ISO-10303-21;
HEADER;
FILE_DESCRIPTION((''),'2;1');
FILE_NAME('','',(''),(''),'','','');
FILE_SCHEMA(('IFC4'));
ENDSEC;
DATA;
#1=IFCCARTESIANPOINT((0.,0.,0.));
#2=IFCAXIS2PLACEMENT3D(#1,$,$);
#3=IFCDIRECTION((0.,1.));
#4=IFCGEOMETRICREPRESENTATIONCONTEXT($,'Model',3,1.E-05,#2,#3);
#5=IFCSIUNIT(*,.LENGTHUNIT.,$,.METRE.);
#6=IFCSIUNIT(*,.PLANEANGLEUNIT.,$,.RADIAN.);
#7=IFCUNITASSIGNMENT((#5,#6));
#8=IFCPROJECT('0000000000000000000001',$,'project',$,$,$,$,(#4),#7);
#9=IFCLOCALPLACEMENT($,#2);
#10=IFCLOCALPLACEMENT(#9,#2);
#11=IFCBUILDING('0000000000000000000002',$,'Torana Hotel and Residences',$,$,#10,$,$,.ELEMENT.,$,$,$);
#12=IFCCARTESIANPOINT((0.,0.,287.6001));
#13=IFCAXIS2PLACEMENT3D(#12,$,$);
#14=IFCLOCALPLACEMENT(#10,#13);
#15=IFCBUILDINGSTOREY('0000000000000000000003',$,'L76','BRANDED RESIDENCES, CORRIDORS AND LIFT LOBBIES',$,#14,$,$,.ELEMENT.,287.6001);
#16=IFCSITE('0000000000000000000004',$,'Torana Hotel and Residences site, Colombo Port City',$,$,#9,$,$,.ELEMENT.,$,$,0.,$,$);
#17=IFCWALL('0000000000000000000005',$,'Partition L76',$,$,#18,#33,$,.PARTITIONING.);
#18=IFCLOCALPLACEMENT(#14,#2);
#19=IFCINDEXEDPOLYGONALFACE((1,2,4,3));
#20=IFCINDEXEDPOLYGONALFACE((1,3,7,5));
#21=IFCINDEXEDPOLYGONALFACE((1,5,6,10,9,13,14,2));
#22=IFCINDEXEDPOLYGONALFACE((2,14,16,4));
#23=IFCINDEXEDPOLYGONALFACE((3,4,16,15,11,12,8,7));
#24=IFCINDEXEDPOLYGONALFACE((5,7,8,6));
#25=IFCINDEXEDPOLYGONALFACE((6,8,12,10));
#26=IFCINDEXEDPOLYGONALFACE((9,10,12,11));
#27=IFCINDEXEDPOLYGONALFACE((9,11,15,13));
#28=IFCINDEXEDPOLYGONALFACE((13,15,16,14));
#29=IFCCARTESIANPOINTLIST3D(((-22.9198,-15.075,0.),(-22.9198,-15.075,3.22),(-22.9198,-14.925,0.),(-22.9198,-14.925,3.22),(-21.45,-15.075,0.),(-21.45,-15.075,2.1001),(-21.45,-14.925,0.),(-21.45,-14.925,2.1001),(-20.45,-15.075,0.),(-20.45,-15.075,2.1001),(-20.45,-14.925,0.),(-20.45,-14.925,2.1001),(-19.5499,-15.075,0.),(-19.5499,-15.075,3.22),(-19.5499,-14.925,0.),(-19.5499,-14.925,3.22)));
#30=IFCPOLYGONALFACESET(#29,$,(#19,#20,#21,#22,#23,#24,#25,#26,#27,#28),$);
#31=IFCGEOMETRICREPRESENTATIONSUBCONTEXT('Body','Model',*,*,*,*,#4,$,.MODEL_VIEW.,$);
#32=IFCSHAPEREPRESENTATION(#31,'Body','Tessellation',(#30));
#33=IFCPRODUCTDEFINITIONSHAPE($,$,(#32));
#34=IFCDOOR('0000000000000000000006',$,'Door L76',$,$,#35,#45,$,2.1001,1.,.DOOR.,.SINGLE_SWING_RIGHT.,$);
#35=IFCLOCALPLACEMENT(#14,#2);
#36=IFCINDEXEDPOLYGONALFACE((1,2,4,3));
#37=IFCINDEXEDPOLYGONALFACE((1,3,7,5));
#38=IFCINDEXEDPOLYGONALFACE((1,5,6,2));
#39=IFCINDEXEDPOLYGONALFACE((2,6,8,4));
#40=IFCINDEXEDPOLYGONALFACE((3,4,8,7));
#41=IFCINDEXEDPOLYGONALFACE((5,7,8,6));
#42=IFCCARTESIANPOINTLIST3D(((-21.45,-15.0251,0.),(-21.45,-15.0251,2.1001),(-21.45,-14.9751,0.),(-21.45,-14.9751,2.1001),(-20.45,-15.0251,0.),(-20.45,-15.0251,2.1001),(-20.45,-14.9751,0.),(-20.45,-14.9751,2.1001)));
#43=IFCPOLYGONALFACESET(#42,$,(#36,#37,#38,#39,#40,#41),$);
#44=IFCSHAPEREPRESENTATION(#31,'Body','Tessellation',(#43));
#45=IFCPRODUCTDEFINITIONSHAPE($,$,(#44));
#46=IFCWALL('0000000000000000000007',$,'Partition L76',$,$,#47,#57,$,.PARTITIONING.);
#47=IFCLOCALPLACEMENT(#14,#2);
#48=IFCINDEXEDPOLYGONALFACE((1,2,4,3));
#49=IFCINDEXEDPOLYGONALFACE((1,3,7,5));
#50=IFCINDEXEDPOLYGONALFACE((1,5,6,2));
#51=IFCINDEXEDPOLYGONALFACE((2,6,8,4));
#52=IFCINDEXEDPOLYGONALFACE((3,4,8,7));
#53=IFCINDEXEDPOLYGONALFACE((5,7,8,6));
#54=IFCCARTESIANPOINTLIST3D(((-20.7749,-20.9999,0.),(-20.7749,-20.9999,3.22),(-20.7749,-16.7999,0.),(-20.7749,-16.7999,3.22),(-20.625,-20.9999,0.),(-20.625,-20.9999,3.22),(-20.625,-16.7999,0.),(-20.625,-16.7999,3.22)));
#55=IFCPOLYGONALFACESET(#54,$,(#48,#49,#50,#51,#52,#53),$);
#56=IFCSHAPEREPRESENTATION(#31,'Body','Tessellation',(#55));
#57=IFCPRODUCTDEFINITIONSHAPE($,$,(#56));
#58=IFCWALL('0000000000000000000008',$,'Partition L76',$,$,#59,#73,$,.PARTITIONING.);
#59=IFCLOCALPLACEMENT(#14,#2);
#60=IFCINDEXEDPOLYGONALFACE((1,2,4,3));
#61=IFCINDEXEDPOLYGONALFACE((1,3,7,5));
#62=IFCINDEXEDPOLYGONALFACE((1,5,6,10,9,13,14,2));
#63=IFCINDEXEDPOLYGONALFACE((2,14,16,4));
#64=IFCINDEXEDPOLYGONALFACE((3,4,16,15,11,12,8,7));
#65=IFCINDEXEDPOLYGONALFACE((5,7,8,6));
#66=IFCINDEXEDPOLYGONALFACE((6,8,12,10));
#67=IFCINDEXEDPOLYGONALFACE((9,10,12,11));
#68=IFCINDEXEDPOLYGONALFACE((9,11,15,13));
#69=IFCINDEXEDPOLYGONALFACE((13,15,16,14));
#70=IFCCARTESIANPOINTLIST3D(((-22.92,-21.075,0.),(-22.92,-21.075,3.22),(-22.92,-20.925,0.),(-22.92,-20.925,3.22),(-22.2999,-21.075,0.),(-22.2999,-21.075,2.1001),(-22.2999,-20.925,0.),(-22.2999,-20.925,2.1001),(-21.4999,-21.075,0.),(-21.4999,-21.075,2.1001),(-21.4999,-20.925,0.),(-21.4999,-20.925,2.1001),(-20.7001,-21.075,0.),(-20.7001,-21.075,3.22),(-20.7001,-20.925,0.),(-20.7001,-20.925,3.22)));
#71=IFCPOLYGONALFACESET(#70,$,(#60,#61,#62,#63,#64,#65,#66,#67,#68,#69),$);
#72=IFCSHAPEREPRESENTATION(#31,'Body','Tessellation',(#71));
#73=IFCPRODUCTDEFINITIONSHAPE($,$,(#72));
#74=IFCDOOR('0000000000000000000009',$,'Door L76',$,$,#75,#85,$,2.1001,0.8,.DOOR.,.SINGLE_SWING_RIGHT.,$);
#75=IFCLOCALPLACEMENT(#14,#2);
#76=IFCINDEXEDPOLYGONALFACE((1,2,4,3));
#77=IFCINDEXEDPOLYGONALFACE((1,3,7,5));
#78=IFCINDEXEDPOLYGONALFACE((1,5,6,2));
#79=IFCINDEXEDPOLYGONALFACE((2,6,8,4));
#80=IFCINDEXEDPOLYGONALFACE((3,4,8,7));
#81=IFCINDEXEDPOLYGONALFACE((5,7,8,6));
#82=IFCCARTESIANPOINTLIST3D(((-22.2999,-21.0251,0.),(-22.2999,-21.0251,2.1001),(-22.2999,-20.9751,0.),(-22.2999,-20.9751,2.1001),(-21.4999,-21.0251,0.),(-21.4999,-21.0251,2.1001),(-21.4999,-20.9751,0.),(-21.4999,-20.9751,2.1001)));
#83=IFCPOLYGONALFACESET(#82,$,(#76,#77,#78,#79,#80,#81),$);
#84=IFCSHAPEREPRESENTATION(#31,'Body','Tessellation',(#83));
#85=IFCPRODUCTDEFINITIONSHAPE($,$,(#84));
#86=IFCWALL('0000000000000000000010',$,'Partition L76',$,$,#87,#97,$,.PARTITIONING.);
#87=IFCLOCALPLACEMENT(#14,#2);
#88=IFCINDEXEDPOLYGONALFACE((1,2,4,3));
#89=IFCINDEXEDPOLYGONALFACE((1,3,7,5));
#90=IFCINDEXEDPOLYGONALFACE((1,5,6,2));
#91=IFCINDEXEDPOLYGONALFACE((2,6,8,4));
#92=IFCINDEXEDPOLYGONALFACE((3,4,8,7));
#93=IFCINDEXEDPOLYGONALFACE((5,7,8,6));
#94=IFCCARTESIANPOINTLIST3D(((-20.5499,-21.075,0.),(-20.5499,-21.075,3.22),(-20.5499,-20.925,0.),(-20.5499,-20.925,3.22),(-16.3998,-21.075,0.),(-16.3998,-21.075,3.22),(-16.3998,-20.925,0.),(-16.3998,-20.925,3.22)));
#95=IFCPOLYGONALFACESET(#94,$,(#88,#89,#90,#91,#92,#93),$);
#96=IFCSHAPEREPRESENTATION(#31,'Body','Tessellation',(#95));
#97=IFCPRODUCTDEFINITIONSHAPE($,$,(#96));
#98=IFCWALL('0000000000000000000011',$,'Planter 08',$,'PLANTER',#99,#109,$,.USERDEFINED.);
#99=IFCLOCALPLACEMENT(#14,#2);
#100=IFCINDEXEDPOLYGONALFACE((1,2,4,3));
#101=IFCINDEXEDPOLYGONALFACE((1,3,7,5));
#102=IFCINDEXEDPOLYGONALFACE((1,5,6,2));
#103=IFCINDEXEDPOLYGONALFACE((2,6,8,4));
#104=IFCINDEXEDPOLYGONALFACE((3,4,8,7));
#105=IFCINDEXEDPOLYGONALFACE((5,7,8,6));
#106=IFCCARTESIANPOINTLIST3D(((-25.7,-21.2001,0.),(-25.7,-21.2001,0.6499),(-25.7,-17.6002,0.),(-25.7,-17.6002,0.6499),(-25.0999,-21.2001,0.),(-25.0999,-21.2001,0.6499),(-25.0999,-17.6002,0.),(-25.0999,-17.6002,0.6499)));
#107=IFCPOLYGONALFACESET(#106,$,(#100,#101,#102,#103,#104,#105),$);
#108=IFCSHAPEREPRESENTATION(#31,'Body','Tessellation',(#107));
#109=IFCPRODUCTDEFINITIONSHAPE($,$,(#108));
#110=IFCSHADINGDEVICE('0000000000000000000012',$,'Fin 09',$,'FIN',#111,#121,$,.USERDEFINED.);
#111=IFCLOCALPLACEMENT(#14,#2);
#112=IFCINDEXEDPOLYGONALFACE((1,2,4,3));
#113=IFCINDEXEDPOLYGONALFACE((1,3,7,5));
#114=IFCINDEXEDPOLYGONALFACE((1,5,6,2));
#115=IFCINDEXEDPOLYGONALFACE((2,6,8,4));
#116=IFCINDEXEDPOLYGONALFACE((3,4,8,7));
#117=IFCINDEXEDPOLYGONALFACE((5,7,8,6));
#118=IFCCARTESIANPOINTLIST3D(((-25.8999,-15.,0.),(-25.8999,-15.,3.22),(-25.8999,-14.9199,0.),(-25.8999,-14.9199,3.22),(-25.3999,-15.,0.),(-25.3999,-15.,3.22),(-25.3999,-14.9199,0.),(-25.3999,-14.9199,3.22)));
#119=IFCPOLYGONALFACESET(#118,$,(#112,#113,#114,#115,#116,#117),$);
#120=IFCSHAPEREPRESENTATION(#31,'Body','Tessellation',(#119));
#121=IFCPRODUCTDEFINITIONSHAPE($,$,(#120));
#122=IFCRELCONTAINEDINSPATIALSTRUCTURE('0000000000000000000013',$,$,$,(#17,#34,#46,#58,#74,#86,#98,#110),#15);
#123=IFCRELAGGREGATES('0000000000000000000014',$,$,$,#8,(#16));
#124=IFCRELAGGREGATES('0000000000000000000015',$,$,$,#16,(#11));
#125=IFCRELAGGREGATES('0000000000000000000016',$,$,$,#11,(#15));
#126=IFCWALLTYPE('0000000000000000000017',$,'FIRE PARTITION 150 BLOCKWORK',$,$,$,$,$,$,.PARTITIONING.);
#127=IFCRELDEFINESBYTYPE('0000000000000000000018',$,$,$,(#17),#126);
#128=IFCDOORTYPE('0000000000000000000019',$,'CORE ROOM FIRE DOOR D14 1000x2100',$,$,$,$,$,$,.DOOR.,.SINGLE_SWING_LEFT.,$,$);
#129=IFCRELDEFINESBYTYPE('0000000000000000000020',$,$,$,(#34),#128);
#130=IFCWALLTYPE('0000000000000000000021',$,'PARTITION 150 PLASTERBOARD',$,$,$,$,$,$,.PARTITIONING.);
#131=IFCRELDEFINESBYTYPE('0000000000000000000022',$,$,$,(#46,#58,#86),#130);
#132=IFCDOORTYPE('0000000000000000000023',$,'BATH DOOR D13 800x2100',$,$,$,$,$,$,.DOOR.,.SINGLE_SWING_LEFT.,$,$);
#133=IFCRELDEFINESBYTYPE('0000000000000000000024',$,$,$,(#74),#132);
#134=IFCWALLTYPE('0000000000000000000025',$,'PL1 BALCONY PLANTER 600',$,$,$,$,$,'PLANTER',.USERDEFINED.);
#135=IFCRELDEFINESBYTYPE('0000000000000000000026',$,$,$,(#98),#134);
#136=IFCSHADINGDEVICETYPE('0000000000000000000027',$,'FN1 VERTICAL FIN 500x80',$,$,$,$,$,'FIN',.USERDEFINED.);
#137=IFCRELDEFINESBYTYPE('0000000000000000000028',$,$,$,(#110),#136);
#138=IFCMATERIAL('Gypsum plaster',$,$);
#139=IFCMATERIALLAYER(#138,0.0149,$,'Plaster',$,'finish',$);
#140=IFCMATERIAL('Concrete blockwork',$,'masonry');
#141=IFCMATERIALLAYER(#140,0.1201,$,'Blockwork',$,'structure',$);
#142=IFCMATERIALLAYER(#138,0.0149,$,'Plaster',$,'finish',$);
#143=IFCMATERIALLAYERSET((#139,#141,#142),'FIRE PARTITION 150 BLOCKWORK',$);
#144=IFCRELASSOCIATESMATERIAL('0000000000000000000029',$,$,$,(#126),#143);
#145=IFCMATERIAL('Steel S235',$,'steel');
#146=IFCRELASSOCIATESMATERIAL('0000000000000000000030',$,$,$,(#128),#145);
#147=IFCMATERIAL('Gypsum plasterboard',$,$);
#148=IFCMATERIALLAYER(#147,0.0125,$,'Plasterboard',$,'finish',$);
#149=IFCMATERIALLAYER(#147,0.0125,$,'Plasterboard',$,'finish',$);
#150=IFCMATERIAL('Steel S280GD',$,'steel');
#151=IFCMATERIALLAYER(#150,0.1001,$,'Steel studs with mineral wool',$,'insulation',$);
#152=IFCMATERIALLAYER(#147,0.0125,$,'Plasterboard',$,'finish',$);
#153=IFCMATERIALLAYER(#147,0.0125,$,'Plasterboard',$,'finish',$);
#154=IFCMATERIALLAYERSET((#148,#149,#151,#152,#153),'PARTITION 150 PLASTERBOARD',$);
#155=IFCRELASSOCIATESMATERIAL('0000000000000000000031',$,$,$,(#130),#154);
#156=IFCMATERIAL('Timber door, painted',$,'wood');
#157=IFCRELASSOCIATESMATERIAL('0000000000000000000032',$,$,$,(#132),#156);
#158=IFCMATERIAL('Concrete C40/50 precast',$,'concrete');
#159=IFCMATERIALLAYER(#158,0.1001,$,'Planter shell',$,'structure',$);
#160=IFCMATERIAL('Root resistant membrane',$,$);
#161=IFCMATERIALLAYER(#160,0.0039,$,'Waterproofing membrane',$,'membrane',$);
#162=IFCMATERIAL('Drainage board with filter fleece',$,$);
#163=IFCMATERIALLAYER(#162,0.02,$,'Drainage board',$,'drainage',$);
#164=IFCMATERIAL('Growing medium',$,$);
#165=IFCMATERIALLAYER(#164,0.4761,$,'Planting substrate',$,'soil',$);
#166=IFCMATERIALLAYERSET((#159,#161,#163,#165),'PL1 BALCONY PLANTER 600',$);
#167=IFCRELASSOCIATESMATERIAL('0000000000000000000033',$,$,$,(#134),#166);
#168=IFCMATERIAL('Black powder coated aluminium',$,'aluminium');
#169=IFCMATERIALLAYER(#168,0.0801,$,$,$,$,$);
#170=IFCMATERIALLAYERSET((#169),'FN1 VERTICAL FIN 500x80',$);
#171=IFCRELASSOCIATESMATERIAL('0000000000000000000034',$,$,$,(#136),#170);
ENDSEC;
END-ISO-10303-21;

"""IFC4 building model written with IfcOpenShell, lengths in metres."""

from ifc_helpers import new_model, si_unit, direction, frame, frame_2d, origin, origin_2d, place, context, subcontext, project, spatial, rectangle, extrude, material, layer, layer_set, type_object, element, fill, save


model = new_model("IFC4")

# Units and contexts
model_context = context("Model", 3, precision=1e-05, world=origin(), true_north=direction((0.0, 1.0)))
body_context = subcontext(model_context, "Body", "Model", "MODEL_VIEW")
ifc_project = project(units=[si_unit("LENGTHUNIT", "METRE"), si_unit("PLANEANGLEUNIT", "RADIAN")], contexts=[model_context])

# Site, building, storey
site_placement = place(None, origin())
site = spatial("IfcSite", under=ifc_project, at=site_placement, Name="Torana Hotel and Residences site, Colombo Port City", CompositionType="ELEMENT", RefElevation=0.0)
building_placement = place(site_placement, origin())
building = spatial("IfcBuilding", under=site, at=building_placement, Name="Torana Hotel and Residences", CompositionType="ELEMENT")
storey_placement = place(building_placement, frame((0.0, 0.0, 287.6001)))
storey = spatial("IfcBuildingStorey", under=building, at=storey_placement, Name="L76", Description="BRANDED RESIDENCES, CORRIDORS AND LIFT LOBBIES", CompositionType="ELEMENT", Elevation=287.6001)

# Shared definitions
ifc_material_1 = material(Name="Gypsum plaster")
ifc_layer_1 = layer(ifc_material_1, 0.0149, Name="Plaster", Category="finish")
ifc_material_2 = material(Name="Concrete blockwork", Category="masonry")
ifc_layer_2 = layer(ifc_material_2, 0.1201, Name="Blockwork", Category="structure")
ifc_layer_3 = layer(ifc_material_1, 0.0149, Name="Plaster", Category="finish")
ifc_layer_set_1 = layer_set([ifc_layer_1, ifc_layer_2, ifc_layer_3], Name="FIRE PARTITION 150 BLOCKWORK")
wall_type_1 = type_object("IfcWallType", Name="FIRE PARTITION 150 BLOCKWORK", PredefinedType="PARTITIONING", material=ifc_layer_set_1)

# Wall, opening, door
wall_1_placement = place(storey_placement, frame((-22.9199, -15.0, 0.0), z_axis=(0.0, 0.0, 1.0), x_axis=(1.0, 0.0, 0.0)))
wall_1 = element("IfcWall", 1, at=wall_1_placement, inside=storey, type_object=wall_type_1, Name="Partition L76", PredefinedType="PARTITIONING", context=body_context, shape_type="SweptSolid", body=[
    extrude(rectangle(XDim=3.3699, YDim=0.1499, at=frame_2d((1.6851, 0.0))), origin(), (0.0, 0.0, 1.0), 3.22),
])
opening_1_placement = place(wall_1_placement, frame((1.47, 0.0, 0.0)))
opening_1 = element("IfcOpeningElement", 2, at=opening_1_placement, cuts=wall_1, PredefinedType="OPENING", context=body_context, shape_type="SweptSolid", body=[
    extrude(rectangle(XDim=1.0, YDim=2.1001, at=frame_2d((0.5, 1.05))), frame((0.0, 0.085, 0.0), z_axis=(0.0, -1.0, 0.0), x_axis=(1.0, 0.0, 0.0)), (0.0, 0.0, 1.0), 0.1699),
])
ifc_material_3 = material(Name="Steel S235", Category="steel")
door_type_1 = type_object("IfcDoorType", Name="CORE ROOM FIRE DOOR D14 1000x2100", OperationType="SINGLE_SWING_LEFT", PredefinedType="DOOR", material=ifc_material_3)
door_1_placement = place(opening_1_placement, origin())
door_1 = element("IfcDoor", 3, at=door_1_placement, inside=storey, type_object=door_type_1, Name="Door L76", OperationType="SINGLE_SWING_RIGHT", OverallHeight=2.1001, OverallWidth=1.0, PredefinedType="DOOR", context=body_context, shape_type="SweptSolid", body=[
    extrude(rectangle(XDim=1.0, YDim=2.1001, at=frame_2d((0.5, 1.05))), frame((0.0, 0.0249, 0.0), z_axis=(0.0, -1.0, 0.0), x_axis=(1.0, 0.0, 0.0)), (0.0, 0.0, 1.0), 0.05),
])
fill(opening_1, door_1)

# Wall
ifc_material_4 = material(Name="Gypsum plasterboard")
ifc_layer_4 = layer(ifc_material_4, 0.0125, Name="Plasterboard", Category="finish")
ifc_layer_5 = layer(ifc_material_4, 0.0125, Name="Plasterboard", Category="finish")
ifc_material_5 = material(Name="Steel S280GD", Category="steel")
ifc_layer_6 = layer(ifc_material_5, 0.1001, Name="Steel studs with mineral wool", Category="insulation")
ifc_layer_7 = layer(ifc_material_4, 0.0125, Name="Plasterboard", Category="finish")
ifc_layer_8 = layer(ifc_material_4, 0.0125, Name="Plasterboard", Category="finish")
ifc_layer_set_2 = layer_set([ifc_layer_4, ifc_layer_5, ifc_layer_6, ifc_layer_7, ifc_layer_8], Name="PARTITION 150 PLASTERBOARD")
wall_type_2 = type_object("IfcWallType", Name="PARTITION 150 PLASTERBOARD", PredefinedType="PARTITIONING", material=ifc_layer_set_2)
wall_2_placement = place(storey_placement, frame((-20.7, -21.0, 0.0), z_axis=(0.0, 0.0, 1.0), x_axis=(0.0, 1.0, 0.0)))
element("IfcWall", 4, at=wall_2_placement, inside=storey, type_object=wall_type_2, Name="Partition L76", PredefinedType="PARTITIONING", context=body_context, shape_type="SweptSolid", body=[
    extrude(rectangle(XDim=4.2, YDim=0.1499, at=frame_2d((2.1001, 0.0))), origin(), (0.0, 0.0, 1.0), 3.22),
])

# Wall, opening, door
wall_3_placement = place(storey_placement, frame((-22.9199, -21.0, 0.0), z_axis=(0.0, 0.0, 1.0), x_axis=(1.0, 0.0, 0.0)))
wall_3 = element("IfcWall", 5, at=wall_3_placement, inside=storey, type_object=wall_type_2, Name="Partition L76", PredefinedType="PARTITIONING", context=body_context, shape_type="SweptSolid", body=[
    extrude(rectangle(XDim=2.22, YDim=0.1499, at=frame_2d((1.1099, 0.0))), origin(), (0.0, 0.0, 1.0), 3.22),
])
opening_2_placement = place(wall_3_placement, frame((0.6201, 0.0, 0.0)))
opening_2 = element("IfcOpeningElement", 6, at=opening_2_placement, cuts=wall_3, PredefinedType="OPENING", context=body_context, shape_type="SweptSolid", body=[
    extrude(rectangle(XDim=0.8, YDim=2.1001, at=frame_2d((0.3999, 1.05))), frame((0.0, 0.085, 0.0), z_axis=(0.0, -1.0, 0.0), x_axis=(1.0, 0.0, 0.0)), (0.0, 0.0, 1.0), 0.1699),
])
ifc_material_6 = material(Name="Timber door, painted", Category="wood")
door_type_2 = type_object("IfcDoorType", Name="BATH DOOR D13 800x2100", OperationType="SINGLE_SWING_LEFT", PredefinedType="DOOR", material=ifc_material_6)
door_2_placement = place(opening_2_placement, origin())
door_2 = element("IfcDoor", 7, at=door_2_placement, inside=storey, type_object=door_type_2, Name="Door L76", OperationType="SINGLE_SWING_RIGHT", OverallHeight=2.1001, OverallWidth=0.8, PredefinedType="DOOR", context=body_context, shape_type="SweptSolid", body=[
    extrude(rectangle(XDim=0.8, YDim=2.1001, at=frame_2d((0.3999, 1.05))), frame((0.0, 0.0249, 0.0), z_axis=(0.0, -1.0, 0.0), x_axis=(1.0, 0.0, 0.0)), (0.0, 0.0, 1.0), 0.05),
])
fill(opening_2, door_2)

# Walls
wall_4_placement = place(storey_placement, frame((-20.55, -21.0, 0.0), z_axis=(0.0, 0.0, 1.0), x_axis=(1.0, 0.0, 0.0)))
element("IfcWall", 8, at=wall_4_placement, inside=storey, type_object=wall_type_2, Name="Partition L76", PredefinedType="PARTITIONING", context=body_context, shape_type="SweptSolid", body=[
    extrude(rectangle(XDim=4.1501, YDim=0.1499, at=frame_2d((2.0752, 0.0))), origin(), (0.0, 0.0, 1.0), 3.22),
])
ifc_material_7 = material(Name="Concrete C40/50 precast", Category="concrete")
ifc_layer_9 = layer(ifc_material_7, 0.1001, Name="Planter shell", Category="structure")
ifc_material_8 = material(Name="Root resistant membrane")
ifc_layer_10 = layer(ifc_material_8, 0.0039, Name="Waterproofing membrane", Category="membrane")
ifc_material_9 = material(Name="Drainage board with filter fleece")
ifc_layer_11 = layer(ifc_material_9, 0.02, Name="Drainage board", Category="drainage")
ifc_material_10 = material(Name="Growing medium")
ifc_layer_12 = layer(ifc_material_10, 0.4761, Name="Planting substrate", Category="soil")
ifc_layer_set_3 = layer_set([ifc_layer_9, ifc_layer_10, ifc_layer_11, ifc_layer_12], Name="PL1 BALCONY PLANTER 600")
wall_type_3 = type_object("IfcWallType", Name="PL1 BALCONY PLANTER 600", ElementType="PLANTER", PredefinedType="USERDEFINED", material=ifc_layer_set_3)
wall_5_placement = place(storey_placement, frame((-25.3999, -21.2, 0.0), z_axis=(0.0, 0.0, 1.0), x_axis=(0.0, 1.0, 0.0)))
element("IfcWall", 9, at=wall_5_placement, inside=storey, type_object=wall_type_3, Name="Planter 08", ObjectType="PLANTER", PredefinedType="USERDEFINED", context=body_context, shape_type="SweptSolid", body=[
    extrude(rectangle(XDim=3.5999, YDim=0.6001, at=frame_2d((1.7998, 0.0))), origin(), (0.0, 0.0, 1.0), 0.6499),
])

# Shading device
ifc_material_11 = material(Name="Black powder coated aluminium", Category="aluminium")
ifc_layer_13 = layer(ifc_material_11, 0.0801)
ifc_layer_set_4 = layer_set([ifc_layer_13], Name="FN1 VERTICAL FIN 500x80")
shading_device_type = type_object("IfcShadingDeviceType", Name="FN1 VERTICAL FIN 500x80", ElementType="FIN", PredefinedType="USERDEFINED", material=ifc_layer_set_4)
shading_device_placement = place(storey_placement, frame((-25.6499, -14.96, 0.0), z_axis=(0.0, 0.0, 1.0), x_axis=(0.0, 1.0, 0.0)))
element("IfcShadingDevice", 10, at=shading_device_placement, inside=storey, type_object=shading_device_type, Name="Fin 09", ObjectType="FIN", PredefinedType="USERDEFINED", context=body_context, shape_type="SweptSolid", body=[
    extrude(rectangle(XDim=0.0801, YDim=0.5, at=origin_2d()), origin(), (0.0, 0.0, 1.0), 3.22),
])

save(model, "model.ifc")
